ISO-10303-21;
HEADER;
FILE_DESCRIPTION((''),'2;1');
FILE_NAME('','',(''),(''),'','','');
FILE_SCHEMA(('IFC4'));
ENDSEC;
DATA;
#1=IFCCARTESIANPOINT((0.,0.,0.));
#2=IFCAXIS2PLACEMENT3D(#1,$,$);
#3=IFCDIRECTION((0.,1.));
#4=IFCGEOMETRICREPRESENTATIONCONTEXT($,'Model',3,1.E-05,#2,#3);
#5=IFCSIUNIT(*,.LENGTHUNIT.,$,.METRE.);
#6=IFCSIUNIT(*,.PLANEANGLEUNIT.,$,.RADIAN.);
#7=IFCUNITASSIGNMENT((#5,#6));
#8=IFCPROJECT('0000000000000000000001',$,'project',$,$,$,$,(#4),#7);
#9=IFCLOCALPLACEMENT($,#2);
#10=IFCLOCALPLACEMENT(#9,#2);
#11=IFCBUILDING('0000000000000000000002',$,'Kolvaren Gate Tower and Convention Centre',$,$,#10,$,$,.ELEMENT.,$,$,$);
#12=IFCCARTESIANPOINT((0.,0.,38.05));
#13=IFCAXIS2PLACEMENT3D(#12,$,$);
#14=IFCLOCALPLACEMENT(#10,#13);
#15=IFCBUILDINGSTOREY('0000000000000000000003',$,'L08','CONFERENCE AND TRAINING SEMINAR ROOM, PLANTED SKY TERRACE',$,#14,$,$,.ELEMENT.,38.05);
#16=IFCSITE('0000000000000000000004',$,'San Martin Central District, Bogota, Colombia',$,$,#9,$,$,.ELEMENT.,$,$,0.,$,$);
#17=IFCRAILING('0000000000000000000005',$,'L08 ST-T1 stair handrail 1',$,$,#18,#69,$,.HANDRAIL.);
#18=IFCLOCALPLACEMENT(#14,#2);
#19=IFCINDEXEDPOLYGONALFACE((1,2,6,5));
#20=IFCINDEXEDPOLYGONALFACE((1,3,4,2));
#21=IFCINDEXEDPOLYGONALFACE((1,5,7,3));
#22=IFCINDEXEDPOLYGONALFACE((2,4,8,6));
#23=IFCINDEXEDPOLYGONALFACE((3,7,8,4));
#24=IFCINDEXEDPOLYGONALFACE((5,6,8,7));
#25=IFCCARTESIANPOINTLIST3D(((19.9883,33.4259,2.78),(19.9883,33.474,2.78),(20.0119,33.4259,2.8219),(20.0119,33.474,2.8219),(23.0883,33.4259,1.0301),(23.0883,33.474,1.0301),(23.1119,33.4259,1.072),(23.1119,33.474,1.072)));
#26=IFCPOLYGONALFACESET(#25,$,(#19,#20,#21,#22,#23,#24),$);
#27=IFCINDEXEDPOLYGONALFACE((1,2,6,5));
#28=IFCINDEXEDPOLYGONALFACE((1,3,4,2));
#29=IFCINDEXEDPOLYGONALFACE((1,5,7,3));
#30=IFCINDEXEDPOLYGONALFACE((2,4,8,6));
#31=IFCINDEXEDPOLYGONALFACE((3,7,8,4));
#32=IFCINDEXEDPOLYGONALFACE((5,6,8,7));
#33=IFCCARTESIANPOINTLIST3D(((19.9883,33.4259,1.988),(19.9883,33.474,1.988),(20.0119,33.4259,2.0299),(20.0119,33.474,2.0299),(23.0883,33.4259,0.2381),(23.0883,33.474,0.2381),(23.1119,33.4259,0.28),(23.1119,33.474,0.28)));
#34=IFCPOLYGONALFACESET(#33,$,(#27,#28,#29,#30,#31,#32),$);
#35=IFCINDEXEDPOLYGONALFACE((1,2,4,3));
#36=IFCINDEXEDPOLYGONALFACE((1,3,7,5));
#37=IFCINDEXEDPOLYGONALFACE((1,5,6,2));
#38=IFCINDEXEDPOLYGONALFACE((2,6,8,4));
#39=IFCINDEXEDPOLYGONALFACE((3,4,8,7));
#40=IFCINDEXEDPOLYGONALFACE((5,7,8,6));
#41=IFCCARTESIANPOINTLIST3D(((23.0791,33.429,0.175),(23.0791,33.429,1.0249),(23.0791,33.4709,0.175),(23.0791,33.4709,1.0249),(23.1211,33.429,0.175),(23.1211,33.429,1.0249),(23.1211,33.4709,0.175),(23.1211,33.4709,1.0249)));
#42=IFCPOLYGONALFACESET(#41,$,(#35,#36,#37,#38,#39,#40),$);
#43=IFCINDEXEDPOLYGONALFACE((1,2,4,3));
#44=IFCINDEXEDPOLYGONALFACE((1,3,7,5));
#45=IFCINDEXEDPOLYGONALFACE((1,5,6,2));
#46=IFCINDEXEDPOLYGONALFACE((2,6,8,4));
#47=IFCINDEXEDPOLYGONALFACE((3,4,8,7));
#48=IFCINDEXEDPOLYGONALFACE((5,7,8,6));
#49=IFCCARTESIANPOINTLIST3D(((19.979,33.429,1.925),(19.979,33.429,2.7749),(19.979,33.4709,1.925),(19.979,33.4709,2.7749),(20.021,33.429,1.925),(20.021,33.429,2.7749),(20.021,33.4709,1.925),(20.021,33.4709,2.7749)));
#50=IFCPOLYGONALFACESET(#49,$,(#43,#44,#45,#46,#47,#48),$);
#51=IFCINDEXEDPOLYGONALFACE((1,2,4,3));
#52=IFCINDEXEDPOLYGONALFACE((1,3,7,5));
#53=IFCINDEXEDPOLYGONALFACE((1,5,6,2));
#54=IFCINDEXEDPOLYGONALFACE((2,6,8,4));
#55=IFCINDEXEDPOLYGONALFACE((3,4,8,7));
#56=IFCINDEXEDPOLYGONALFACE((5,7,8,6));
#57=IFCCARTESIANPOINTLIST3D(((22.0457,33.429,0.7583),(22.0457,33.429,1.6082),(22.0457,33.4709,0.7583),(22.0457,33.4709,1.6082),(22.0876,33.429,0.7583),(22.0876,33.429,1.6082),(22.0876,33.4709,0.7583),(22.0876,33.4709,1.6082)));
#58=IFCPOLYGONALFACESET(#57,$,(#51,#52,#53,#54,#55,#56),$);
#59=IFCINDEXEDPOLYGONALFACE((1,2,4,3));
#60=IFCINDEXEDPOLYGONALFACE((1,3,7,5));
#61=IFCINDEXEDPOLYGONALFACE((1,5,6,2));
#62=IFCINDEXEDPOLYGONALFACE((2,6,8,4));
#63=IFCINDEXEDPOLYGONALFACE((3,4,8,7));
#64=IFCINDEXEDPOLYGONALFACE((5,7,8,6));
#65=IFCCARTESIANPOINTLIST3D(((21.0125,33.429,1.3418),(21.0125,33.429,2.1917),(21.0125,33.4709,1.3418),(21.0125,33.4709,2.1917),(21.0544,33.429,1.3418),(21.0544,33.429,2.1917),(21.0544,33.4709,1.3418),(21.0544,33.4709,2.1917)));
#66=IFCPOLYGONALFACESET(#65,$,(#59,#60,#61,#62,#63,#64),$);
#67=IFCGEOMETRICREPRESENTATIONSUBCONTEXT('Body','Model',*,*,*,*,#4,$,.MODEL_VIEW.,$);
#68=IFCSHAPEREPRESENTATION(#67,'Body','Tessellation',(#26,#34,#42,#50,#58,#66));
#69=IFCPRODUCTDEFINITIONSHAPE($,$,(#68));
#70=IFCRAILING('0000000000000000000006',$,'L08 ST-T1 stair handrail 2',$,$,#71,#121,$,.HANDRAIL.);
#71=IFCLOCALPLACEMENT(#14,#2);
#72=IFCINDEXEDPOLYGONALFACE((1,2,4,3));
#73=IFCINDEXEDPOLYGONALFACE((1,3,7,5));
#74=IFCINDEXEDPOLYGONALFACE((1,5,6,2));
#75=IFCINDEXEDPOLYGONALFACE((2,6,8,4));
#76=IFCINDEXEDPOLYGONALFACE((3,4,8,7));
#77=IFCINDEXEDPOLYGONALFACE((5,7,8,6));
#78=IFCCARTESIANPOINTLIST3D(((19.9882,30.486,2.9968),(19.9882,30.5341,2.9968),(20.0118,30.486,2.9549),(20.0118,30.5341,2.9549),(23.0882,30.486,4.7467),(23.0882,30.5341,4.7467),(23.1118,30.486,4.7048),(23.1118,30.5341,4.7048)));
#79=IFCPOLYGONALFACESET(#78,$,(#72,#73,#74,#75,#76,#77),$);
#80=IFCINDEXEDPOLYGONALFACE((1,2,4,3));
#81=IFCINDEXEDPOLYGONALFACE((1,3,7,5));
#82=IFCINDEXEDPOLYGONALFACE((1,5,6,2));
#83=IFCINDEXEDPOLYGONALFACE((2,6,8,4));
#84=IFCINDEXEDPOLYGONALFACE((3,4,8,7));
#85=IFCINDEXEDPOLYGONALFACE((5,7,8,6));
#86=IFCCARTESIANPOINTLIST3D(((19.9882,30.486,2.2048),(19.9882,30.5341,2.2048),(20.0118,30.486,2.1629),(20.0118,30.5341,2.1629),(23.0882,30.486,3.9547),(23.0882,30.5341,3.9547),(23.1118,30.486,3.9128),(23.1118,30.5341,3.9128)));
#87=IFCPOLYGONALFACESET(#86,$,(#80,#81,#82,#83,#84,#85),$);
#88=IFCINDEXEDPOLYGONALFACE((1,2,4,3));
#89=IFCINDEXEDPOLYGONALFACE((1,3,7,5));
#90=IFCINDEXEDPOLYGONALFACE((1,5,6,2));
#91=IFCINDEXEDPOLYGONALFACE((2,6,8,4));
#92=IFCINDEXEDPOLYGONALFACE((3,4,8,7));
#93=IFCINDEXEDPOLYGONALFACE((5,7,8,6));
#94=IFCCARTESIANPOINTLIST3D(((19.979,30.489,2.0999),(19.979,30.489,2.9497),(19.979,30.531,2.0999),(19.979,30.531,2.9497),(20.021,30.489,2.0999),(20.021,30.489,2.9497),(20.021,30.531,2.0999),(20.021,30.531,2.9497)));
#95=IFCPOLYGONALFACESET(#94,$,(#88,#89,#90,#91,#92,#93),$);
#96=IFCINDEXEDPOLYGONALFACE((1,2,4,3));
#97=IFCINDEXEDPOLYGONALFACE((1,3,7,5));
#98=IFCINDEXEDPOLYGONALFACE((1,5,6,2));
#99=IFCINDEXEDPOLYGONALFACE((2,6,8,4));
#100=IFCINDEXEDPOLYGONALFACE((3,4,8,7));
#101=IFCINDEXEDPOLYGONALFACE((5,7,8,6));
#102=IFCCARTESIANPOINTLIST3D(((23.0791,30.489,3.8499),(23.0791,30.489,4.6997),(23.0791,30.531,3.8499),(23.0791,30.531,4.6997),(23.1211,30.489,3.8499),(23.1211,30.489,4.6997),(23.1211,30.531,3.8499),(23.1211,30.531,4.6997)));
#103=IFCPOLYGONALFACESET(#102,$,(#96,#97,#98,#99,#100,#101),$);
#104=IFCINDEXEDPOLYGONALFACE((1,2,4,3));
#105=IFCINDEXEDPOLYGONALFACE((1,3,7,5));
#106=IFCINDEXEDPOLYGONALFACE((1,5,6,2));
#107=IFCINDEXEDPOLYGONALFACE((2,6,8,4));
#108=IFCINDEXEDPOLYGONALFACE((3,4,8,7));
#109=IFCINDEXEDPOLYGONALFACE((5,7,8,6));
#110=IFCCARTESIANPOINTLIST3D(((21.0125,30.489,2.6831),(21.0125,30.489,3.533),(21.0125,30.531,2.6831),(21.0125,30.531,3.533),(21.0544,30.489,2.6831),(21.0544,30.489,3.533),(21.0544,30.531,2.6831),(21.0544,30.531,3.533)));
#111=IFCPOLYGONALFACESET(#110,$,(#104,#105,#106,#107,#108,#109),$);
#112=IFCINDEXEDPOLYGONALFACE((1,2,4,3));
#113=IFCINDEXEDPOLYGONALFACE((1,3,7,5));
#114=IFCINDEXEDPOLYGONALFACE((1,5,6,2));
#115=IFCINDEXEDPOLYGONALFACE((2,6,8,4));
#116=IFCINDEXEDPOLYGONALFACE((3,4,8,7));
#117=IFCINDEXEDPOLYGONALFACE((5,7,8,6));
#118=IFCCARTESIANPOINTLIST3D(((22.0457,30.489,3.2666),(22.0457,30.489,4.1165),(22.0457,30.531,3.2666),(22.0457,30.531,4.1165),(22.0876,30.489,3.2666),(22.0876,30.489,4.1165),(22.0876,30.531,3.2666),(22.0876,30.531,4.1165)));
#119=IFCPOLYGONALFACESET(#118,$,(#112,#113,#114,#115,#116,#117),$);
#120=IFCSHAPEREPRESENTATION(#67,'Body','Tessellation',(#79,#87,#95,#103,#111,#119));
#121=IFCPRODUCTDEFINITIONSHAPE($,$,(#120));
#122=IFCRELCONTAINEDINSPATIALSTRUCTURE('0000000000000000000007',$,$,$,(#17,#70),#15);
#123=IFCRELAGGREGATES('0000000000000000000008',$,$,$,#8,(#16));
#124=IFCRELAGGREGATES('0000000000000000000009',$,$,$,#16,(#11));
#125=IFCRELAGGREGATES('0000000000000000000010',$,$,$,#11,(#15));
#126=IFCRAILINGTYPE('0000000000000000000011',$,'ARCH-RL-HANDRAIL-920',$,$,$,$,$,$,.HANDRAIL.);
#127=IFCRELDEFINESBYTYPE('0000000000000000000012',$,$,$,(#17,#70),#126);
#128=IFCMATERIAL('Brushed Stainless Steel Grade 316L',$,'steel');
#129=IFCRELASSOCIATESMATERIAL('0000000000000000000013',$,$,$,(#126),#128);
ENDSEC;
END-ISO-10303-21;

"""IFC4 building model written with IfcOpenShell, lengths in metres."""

from ifc_helpers import new_model, si_unit, direction, frame, origin, origin_2d, place, context, subcontext, project, spatial, rectangle, extrude, material, type_object, element, save


model = new_model("IFC4")

# Units and contexts
model_context = context("Model", 3, precision=1e-05, world=origin(), true_north=direction((0.0, 1.0)))
body_context = subcontext(model_context, "Body", "Model", "MODEL_VIEW")
ifc_project = project(units=[si_unit("LENGTHUNIT", "METRE"), si_unit("PLANEANGLEUNIT", "RADIAN")], contexts=[model_context])

# Site, building, storey
site_placement = place(None, origin())
site = spatial("IfcSite", under=ifc_project, at=site_placement, Name="San Martin Central District, Bogota, Colombia", CompositionType="ELEMENT", RefElevation=0.0)
building_placement = place(site_placement, origin())
building = spatial("IfcBuilding", under=site, at=building_placement, Name="Kolvaren Gate Tower and Convention Centre", CompositionType="ELEMENT")
storey_placement = place(building_placement, frame((0.0, 0.0, 38.05)))
storey = spatial("IfcBuildingStorey", under=building, at=storey_placement, Name="L08", Description="CONFERENCE AND TRAINING SEMINAR ROOM, PLANTED SKY TERRACE", CompositionType="ELEMENT", Elevation=38.05)

# Railings
ifc_material_1 = material(Name="Brushed Stainless Steel Grade 316L", Category="steel")
railing_type_1 = type_object("IfcRailingType", Name="ARCH-RL-HANDRAIL-920", PredefinedType="HANDRAIL", material=ifc_material_1)
railing_1_placement = place(storey_placement, frame((23.1001, 33.45, 0.175)))
element("IfcRailing", 1, at=railing_1_placement, inside=storey, type_object=railing_type_1, Name="L08 ST-T1 stair handrail 1", PredefinedType="HANDRAIL", context=body_context, shape_type="SweptSolid", body=[
    extrude(rectangle(XDim=0.0481, YDim=0.0481, at=origin_2d()), frame((0.0, 0.0, 0.876), z_axis=(-0.870831, 0.0, 0.491583), x_axis=(0.0, -1.0, 0.0)), (0.0, 0.0, 1.0), 3.5598),
    extrude(rectangle(XDim=0.0481, YDim=0.0481, at=origin_2d()), frame((0.0, 0.0, 0.084), z_axis=(-0.870831, 0.0, 0.491583), x_axis=(0.0, -1.0, 0.0)), (0.0, 0.0, 1.0), 3.5598),
    extrude(rectangle(XDim=0.042, YDim=0.042, at=origin_2d()), origin(), (0.0, 0.0, 1.0), 0.8499),
    extrude(rectangle(XDim=0.042, YDim=0.042, at=origin_2d()), frame((-3.1001, 0.0, 1.75)), (0.0, 0.0, 1.0), 0.8499),
    extrude(rectangle(XDim=0.042, YDim=0.042, at=origin_2d()), frame((-1.0334, 0.0, 0.5833)), (0.0, 0.0, 1.0), 0.8499),
    extrude(rectangle(XDim=0.042, YDim=0.042, at=origin_2d()), frame((-2.0667, 0.0, 1.1667)), (0.0, 0.0, 1.0), 0.8499),
])
railing_2_placement = place(storey_placement, frame((20.0, 30.51, 2.0999)))
element("IfcRailing", 2, at=railing_2_placement, inside=storey, type_object=railing_type_1, Name="L08 ST-T1 stair handrail 2", PredefinedType="HANDRAIL", context=body_context, shape_type="SweptSolid", body=[
    extrude(rectangle(XDim=0.0481, YDim=0.0481, at=origin_2d()), frame((0.0, 0.0, 0.876), z_axis=(0.870831, 0.0, 0.491583), x_axis=(0.0, 1.0, 0.0)), (0.0, 0.0, 1.0), 3.5598),
    extrude(rectangle(XDim=0.0481, YDim=0.0481, at=origin_2d()), frame((0.0, 0.0, 0.084), z_axis=(0.870831, 0.0, 0.491583), x_axis=(0.0, 1.0, 0.0)), (0.0, 0.0, 1.0), 3.5598),
    extrude(rectangle(XDim=0.042, YDim=0.042, at=origin_2d()), origin(), (0.0, 0.0, 1.0), 0.8499),
    extrude(rectangle(XDim=0.042, YDim=0.042, at=origin_2d()), frame((3.1001, 0.0, 1.75)), (0.0, 0.0, 1.0), 0.8499),
    extrude(rectangle(XDim=0.042, YDim=0.042, at=origin_2d()), frame((1.0334, 0.0, 0.5833)), (0.0, 0.0, 1.0), 0.8499),
    extrude(rectangle(XDim=0.042, YDim=0.042, at=origin_2d()), frame((2.0667, 0.0, 1.1667)), (0.0, 0.0, 1.0), 0.8499),
])

save(model, "model.ifc")
